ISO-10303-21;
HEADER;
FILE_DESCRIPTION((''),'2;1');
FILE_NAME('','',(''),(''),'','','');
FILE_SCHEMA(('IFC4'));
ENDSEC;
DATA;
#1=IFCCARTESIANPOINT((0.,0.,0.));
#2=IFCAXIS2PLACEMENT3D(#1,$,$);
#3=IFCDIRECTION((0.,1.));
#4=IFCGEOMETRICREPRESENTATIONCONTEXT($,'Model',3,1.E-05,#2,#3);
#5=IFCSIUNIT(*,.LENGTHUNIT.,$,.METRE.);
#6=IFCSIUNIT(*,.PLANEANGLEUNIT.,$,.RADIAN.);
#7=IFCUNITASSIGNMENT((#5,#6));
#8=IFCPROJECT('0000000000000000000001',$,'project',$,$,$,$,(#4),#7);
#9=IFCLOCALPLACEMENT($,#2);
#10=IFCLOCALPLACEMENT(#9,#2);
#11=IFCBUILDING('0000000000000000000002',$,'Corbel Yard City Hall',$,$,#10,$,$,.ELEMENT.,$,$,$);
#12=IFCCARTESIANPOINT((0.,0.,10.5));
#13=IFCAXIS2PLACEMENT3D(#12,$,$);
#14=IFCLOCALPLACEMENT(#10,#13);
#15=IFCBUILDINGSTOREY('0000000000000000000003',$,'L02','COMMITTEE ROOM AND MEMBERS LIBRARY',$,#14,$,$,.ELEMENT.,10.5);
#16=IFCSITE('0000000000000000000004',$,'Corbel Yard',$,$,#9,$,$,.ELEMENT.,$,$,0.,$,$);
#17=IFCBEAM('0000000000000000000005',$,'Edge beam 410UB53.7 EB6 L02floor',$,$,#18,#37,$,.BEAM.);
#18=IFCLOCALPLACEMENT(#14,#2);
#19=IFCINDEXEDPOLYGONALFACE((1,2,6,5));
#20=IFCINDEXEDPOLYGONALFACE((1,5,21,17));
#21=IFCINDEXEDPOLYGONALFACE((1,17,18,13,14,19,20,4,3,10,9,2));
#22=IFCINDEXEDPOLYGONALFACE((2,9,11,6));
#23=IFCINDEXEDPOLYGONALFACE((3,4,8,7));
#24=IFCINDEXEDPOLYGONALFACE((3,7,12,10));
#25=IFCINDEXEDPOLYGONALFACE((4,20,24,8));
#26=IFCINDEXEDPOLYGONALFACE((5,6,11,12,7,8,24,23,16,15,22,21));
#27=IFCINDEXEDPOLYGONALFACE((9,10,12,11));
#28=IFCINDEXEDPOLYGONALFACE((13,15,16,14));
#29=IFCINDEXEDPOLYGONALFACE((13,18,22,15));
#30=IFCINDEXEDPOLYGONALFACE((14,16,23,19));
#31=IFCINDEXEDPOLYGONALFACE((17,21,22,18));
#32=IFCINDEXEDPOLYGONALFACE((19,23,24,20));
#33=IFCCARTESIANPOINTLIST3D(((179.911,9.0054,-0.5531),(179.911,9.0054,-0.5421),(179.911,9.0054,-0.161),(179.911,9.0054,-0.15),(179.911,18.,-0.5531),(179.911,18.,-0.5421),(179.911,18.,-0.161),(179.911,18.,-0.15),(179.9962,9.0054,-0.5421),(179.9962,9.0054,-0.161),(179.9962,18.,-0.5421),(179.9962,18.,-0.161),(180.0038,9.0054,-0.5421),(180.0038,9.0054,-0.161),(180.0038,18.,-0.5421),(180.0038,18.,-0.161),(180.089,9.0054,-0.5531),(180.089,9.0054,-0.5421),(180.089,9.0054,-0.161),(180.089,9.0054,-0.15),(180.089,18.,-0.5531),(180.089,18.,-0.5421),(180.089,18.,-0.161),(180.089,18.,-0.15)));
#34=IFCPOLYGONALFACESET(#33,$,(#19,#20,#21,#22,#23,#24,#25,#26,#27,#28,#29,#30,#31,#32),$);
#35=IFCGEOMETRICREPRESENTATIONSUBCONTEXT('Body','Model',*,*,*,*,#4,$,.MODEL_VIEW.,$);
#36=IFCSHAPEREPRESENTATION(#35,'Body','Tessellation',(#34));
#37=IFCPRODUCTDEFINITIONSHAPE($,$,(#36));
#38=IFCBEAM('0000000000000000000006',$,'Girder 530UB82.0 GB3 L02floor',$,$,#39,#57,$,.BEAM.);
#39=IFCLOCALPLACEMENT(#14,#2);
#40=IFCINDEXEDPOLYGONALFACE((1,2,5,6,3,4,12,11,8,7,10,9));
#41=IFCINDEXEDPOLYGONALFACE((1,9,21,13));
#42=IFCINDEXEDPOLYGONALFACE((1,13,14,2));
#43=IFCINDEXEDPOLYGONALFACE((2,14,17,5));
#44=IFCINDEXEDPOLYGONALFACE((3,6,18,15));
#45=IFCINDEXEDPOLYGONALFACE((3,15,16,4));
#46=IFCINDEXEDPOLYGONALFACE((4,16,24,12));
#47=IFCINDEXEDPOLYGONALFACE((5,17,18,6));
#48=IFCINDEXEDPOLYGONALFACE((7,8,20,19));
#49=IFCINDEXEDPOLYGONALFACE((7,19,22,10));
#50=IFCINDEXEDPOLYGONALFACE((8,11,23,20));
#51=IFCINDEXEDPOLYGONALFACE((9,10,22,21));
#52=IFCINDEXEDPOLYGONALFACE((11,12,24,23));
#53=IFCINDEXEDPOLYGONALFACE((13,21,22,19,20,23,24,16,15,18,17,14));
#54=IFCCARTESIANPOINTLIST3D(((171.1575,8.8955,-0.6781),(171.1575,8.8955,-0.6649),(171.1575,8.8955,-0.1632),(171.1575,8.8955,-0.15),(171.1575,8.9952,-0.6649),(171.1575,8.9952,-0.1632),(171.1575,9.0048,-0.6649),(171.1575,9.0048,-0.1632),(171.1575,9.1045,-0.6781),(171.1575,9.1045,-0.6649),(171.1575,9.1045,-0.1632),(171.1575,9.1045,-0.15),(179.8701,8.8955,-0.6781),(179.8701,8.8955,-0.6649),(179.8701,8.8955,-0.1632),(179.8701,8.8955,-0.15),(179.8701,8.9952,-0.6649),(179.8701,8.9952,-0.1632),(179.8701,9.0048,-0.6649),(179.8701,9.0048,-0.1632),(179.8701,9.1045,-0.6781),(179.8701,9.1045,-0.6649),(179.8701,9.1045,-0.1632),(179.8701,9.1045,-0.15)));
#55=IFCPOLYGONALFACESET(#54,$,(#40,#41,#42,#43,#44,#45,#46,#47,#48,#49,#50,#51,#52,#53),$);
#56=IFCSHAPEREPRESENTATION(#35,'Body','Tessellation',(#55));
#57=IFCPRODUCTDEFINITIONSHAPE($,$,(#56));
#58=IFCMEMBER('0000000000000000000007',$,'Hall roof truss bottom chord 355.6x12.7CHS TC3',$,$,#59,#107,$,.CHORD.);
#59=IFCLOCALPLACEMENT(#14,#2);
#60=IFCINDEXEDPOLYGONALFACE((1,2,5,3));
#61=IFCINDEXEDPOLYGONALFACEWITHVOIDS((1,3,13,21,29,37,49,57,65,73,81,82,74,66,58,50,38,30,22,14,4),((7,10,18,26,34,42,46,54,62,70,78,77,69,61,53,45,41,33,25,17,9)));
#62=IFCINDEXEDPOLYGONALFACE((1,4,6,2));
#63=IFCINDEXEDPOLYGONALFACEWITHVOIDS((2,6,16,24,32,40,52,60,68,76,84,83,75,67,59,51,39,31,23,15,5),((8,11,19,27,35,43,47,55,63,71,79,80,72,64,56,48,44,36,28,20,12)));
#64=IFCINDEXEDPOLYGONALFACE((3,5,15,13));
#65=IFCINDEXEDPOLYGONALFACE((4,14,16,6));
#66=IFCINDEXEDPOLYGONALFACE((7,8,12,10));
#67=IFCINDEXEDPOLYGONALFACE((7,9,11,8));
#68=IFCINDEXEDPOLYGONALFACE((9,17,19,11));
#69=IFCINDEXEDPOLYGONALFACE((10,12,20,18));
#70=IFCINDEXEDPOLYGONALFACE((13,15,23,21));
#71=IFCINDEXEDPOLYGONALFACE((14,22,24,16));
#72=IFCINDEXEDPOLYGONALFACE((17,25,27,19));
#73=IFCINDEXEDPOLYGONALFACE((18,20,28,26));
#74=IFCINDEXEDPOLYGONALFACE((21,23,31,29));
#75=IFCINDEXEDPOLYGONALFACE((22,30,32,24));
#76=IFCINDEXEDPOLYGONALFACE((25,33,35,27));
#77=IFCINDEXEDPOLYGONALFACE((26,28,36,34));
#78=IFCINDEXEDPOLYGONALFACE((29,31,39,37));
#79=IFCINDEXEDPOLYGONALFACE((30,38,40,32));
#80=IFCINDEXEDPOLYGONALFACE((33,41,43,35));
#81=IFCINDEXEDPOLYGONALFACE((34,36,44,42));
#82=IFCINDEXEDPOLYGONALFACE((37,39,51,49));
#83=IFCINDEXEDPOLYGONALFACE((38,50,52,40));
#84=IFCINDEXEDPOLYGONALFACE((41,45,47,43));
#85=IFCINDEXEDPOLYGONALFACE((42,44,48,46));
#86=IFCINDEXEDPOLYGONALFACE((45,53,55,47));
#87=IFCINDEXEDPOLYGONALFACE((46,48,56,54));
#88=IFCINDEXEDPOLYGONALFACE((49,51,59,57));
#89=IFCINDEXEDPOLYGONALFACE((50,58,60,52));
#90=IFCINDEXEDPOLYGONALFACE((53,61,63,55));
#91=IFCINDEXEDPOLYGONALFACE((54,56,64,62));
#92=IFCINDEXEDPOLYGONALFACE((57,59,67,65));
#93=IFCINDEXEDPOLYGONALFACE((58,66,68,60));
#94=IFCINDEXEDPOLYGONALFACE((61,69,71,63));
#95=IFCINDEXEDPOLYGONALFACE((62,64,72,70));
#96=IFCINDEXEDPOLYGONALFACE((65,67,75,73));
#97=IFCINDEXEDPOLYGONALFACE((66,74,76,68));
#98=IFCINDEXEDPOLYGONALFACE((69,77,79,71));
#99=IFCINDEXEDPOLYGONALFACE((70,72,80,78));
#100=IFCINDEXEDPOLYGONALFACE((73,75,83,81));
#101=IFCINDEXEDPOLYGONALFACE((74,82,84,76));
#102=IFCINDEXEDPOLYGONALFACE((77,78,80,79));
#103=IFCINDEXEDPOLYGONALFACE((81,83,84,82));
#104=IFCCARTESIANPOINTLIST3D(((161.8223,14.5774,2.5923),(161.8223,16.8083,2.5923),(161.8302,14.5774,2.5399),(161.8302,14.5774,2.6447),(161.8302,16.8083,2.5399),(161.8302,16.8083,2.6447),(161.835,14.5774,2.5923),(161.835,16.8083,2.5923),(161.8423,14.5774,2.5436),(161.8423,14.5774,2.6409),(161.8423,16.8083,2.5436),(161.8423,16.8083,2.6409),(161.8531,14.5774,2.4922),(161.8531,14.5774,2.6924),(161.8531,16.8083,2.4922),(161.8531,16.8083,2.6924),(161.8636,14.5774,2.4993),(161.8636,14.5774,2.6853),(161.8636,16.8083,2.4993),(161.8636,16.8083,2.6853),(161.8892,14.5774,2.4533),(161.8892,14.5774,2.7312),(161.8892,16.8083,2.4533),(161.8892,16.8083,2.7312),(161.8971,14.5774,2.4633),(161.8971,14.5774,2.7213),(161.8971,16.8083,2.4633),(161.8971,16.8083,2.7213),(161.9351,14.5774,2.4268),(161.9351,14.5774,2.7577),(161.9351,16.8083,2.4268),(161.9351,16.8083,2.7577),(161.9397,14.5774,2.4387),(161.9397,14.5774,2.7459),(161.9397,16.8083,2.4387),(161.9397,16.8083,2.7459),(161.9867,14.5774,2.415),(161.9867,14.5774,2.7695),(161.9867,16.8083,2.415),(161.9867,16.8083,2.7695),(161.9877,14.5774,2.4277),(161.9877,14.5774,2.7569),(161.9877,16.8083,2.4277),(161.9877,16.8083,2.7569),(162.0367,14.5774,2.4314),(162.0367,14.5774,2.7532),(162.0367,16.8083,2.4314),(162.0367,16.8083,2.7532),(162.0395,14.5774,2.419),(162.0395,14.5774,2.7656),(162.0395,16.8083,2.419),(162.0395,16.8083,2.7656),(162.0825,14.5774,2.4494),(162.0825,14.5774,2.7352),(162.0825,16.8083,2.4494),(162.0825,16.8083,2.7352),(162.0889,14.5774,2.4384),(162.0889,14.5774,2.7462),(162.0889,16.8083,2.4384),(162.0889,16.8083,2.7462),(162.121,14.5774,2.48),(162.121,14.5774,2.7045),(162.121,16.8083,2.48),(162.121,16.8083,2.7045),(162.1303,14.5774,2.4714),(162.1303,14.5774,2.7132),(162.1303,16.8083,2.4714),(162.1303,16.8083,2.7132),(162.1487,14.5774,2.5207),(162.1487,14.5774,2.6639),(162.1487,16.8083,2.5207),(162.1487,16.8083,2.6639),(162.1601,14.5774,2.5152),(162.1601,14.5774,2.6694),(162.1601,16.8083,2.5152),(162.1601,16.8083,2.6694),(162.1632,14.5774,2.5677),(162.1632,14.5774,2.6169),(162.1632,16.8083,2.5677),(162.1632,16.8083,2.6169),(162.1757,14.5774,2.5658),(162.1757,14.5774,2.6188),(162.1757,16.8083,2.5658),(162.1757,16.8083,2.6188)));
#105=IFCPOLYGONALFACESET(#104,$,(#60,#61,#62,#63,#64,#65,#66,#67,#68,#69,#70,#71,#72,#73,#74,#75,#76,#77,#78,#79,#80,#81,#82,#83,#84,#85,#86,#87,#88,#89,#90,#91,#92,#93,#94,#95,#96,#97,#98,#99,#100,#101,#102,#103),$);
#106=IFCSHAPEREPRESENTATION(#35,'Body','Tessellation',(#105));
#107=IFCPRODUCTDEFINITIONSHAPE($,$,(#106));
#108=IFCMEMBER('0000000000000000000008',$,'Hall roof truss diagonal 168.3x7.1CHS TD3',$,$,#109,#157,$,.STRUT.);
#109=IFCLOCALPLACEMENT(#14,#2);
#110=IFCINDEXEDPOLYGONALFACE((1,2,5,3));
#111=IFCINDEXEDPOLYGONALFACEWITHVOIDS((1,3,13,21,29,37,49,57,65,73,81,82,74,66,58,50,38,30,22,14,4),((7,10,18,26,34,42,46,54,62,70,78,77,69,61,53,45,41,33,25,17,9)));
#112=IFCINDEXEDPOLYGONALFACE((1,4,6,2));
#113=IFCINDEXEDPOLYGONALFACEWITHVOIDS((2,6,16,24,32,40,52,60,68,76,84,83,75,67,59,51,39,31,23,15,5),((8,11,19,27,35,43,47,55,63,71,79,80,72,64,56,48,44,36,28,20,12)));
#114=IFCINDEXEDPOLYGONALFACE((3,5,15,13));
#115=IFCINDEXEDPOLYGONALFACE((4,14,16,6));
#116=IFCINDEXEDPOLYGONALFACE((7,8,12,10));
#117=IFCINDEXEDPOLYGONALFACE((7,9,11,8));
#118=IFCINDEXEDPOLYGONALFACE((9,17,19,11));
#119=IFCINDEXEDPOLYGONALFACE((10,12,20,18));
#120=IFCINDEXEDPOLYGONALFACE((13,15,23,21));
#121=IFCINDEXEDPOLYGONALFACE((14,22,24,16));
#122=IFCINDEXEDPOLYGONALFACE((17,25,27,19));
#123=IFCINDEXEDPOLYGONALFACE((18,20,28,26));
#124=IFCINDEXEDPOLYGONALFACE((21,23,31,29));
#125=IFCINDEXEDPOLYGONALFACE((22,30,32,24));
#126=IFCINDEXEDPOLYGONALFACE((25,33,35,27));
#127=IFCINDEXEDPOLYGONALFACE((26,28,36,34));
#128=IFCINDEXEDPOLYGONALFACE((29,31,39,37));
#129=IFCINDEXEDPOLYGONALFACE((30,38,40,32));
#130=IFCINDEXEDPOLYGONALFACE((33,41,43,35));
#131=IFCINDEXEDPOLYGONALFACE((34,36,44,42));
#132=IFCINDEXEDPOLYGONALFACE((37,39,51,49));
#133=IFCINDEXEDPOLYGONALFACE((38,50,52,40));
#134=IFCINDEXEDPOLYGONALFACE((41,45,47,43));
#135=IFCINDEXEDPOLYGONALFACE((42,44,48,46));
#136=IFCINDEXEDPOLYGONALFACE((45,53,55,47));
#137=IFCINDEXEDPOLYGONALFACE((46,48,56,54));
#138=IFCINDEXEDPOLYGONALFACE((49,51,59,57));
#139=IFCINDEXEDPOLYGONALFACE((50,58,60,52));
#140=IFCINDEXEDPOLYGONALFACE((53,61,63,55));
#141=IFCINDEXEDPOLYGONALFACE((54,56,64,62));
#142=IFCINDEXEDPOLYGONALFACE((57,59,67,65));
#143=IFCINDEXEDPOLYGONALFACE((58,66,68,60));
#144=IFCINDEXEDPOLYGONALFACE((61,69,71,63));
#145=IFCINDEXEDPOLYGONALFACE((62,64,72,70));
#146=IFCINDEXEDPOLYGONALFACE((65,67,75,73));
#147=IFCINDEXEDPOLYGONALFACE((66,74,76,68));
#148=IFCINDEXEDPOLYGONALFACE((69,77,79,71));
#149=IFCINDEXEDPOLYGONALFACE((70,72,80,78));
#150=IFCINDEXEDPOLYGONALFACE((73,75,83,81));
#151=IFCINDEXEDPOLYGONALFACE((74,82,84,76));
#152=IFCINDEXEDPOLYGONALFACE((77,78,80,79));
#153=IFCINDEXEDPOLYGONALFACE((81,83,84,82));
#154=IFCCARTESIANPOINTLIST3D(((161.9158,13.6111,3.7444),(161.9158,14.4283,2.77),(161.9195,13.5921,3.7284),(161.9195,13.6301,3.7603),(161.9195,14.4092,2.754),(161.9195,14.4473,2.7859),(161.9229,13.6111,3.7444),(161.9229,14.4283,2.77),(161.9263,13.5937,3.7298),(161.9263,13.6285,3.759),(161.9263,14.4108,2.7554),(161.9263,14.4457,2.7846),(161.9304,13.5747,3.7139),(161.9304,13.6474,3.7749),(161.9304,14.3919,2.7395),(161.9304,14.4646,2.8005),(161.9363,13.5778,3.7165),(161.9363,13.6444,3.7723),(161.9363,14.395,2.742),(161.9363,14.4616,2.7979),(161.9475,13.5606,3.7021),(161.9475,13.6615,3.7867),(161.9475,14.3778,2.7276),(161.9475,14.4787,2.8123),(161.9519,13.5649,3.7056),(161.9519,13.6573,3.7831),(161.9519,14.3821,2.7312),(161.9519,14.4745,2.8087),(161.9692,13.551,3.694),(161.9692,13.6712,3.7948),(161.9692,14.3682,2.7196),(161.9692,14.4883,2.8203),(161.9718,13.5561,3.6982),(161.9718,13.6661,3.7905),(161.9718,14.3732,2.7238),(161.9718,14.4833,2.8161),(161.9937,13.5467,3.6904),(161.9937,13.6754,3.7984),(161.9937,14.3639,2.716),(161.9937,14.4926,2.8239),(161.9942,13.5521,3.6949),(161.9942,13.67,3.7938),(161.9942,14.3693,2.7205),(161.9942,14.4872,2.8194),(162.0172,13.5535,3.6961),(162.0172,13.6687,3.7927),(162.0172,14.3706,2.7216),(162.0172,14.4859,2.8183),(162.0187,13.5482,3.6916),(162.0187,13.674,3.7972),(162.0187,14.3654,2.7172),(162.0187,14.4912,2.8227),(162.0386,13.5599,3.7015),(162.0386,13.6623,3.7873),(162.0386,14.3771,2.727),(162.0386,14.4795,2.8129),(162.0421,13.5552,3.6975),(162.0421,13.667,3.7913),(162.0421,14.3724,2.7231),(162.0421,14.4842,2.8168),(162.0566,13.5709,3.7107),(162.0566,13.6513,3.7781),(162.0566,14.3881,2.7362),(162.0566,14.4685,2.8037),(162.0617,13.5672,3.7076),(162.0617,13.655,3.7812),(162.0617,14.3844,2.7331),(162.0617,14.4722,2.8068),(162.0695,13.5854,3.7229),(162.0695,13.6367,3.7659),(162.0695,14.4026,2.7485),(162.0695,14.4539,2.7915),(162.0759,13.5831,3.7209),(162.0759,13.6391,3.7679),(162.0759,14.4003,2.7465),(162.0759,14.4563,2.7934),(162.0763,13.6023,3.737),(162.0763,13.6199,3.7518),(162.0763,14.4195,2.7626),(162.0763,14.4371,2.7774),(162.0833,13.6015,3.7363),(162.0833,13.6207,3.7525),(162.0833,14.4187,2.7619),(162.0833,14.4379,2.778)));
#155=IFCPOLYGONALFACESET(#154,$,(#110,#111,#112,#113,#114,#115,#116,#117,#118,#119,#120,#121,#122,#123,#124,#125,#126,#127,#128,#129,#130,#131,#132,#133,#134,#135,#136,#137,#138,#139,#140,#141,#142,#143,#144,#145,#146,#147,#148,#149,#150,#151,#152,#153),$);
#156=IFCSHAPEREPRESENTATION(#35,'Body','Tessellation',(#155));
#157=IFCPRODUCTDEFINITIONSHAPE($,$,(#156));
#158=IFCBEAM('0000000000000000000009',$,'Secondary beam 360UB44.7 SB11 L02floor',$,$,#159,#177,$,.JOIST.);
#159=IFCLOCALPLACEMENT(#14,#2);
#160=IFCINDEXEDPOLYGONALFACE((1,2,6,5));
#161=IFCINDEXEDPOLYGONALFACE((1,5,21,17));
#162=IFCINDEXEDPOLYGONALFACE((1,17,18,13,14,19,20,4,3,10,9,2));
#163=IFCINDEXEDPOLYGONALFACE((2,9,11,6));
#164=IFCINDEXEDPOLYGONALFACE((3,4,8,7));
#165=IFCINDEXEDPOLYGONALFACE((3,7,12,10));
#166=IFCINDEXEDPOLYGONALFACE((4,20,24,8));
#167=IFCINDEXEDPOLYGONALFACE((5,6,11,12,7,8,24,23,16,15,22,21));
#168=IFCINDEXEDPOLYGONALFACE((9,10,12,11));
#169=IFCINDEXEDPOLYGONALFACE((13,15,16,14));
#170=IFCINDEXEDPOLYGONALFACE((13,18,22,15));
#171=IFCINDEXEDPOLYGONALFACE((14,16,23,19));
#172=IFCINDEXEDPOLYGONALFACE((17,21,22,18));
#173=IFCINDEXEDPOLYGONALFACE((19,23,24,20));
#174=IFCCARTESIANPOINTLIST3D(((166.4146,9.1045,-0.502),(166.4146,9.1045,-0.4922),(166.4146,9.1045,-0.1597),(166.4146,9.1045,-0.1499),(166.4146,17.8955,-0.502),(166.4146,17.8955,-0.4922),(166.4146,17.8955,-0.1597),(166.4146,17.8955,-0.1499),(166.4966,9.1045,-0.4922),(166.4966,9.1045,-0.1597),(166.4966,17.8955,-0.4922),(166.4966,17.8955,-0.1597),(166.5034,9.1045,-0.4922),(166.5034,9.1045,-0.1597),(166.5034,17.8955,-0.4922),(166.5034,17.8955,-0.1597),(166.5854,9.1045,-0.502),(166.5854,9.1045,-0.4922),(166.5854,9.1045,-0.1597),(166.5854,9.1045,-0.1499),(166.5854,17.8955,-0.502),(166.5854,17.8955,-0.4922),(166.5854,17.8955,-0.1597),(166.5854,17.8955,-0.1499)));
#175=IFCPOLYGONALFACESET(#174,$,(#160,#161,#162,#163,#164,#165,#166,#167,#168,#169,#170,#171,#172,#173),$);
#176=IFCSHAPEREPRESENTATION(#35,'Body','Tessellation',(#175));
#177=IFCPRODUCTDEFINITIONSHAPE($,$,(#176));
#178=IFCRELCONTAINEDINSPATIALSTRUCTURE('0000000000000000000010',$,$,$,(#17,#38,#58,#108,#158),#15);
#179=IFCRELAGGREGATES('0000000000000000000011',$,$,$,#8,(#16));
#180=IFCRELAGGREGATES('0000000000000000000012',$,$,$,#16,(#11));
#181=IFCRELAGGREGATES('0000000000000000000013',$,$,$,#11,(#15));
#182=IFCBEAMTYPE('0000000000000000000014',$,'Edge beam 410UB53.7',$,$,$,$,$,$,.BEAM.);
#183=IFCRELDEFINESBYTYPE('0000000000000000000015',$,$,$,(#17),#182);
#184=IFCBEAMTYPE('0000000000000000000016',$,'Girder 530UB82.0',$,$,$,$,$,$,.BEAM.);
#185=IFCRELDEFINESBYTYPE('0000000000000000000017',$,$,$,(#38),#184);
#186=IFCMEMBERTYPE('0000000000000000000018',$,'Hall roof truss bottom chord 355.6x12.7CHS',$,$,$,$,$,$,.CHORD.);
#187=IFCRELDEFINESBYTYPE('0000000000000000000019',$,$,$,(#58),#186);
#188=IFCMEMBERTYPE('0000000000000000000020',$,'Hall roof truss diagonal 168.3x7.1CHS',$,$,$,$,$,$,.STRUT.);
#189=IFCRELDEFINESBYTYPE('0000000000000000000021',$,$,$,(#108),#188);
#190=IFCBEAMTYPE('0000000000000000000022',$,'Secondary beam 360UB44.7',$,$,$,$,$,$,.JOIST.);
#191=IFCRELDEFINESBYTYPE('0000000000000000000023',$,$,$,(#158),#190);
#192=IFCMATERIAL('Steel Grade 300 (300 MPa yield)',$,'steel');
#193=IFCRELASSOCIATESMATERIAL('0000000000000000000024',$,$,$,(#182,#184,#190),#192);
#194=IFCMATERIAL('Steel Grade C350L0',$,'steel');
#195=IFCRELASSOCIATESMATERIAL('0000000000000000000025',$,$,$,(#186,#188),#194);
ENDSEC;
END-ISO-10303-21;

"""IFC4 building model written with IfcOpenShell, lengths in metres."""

from ifc_helpers import new_model, si_unit, direction, frame, origin, origin_2d, place, context, subcontext, project, spatial, hollow_circle, i_section, extrude, material, material_profile, profile_set, type_object, element, save


model = new_model("IFC4")

# Units and contexts
model_context = context("Model", 3, precision=1e-05, world=origin(), true_north=direction((0.0, 1.0)))
body_context = subcontext(model_context, "Body", "Model", "MODEL_VIEW")
ifc_project = project(units=[si_unit("LENGTHUNIT", "METRE"), si_unit("PLANEANGLEUNIT", "RADIAN")], contexts=[model_context])

# Site, building, storey
site_placement = place(None, origin())
site = spatial("IfcSite", under=ifc_project, at=site_placement, Name="Corbel Yard", CompositionType="ELEMENT", RefElevation=0.0)
building_placement = place(site_placement, origin())
building = spatial("IfcBuilding", under=site, at=building_placement, Name="Corbel Yard City Hall", CompositionType="ELEMENT")
storey_placement = place(building_placement, frame((0.0, 0.0, 10.5)))
storey = spatial("IfcBuildingStorey", under=building, at=storey_placement, Name="L02", Description="COMMITTEE ROOM AND MEMBERS LIBRARY", CompositionType="ELEMENT", Elevation=10.5)

# Shared definitions
ifc_material_1 = material(Name="Steel Grade 300 (300 MPa yield)", Category="steel")

# Beams
ifc_material_profile_1 = material_profile(ifc_material_1, i_section(OverallWidth=0.178, OverallDepth=0.4031, WebThickness=0.0076, FlangeThickness=0.011, at=origin_2d()), Name="410UB53.7")
ifc_profile_set_1 = profile_set([ifc_material_profile_1], Name="Steel Grade 300 (300 MPa yield)")
beam_type_1 = type_object("IfcBeamType", Name="Edge beam 410UB53.7", PredefinedType="BEAM", material=ifc_profile_set_1)
beam_1_placement = place(storey_placement, frame((180.0, 9.0054, -0.3516), z_axis=(0.0, 1.0, 0.0), x_axis=(-1.0, 0.0, 0.0)))
element("IfcBeam", 1, at=beam_1_placement, inside=storey, type_object=beam_type_1, Name="Edge beam 410UB53.7 EB6 L02floor", PredefinedType="BEAM", context=body_context, shape_type="SweptSolid", body=[
    extrude(i_section(OverallWidth=0.178, OverallDepth=0.4031, WebThickness=0.0076, FlangeThickness=0.011, at=origin_2d()), origin(), (0.0, 0.0, 1.0), 8.9946),
])
ifc_material_profile_2 = material_profile(ifc_material_1, i_section(OverallWidth=0.209, OverallDepth=0.5281, WebThickness=0.0095, FlangeThickness=0.0132, at=origin_2d()), Name="530UB82.0")
ifc_profile_set_2 = profile_set([ifc_material_profile_2], Name="Steel Grade 300 (300 MPa yield)")
beam_type_2 = type_object("IfcBeamType", Name="Girder 530UB82.0", PredefinedType="BEAM", material=ifc_profile_set_2)
beam_2_placement = place(storey_placement, frame((171.1575, 9.0, -0.4141), z_axis=(1.0, 0.0, 0.0), x_axis=(0.0, 1.0, 0.0)))
element("IfcBeam", 2, at=beam_2_placement, inside=storey, type_object=beam_type_2, Name="Girder 530UB82.0 GB3 L02floor", PredefinedType="BEAM", context=body_context, shape_type="SweptSolid", body=[
    extrude(i_section(OverallWidth=0.209, OverallDepth=0.5281, WebThickness=0.0095, FlangeThickness=0.0132, at=origin_2d()), origin(), (0.0, 0.0, 1.0), 8.7126),
])

# Members
ifc_material_2 = material(Name="Steel Grade C350L0", Category="steel")
ifc_material_profile_3 = material_profile(ifc_material_2, hollow_circle(Radius=0.1777, WallThickness=0.0127, at=origin_2d()), Name="355.6x12.7CHS")
ifc_profile_set_3 = profile_set([ifc_material_profile_3], Name="Steel Grade C350L0")
member_type_1 = type_object("IfcMemberType", Name="Hall roof truss bottom chord 355.6x12.7CHS", PredefinedType="CHORD", material=ifc_profile_set_3)
member_1_placement = place(storey_placement, frame((162.0, 14.5774, 2.5923), z_axis=(0.0, 1.0, 0.0), x_axis=(-1.0, 0.0, 0.0)))
element("IfcMember", 3, at=member_1_placement, inside=storey, type_object=member_type_1, Name="Hall roof truss bottom chord 355.6x12.7CHS TC3", PredefinedType="CHORD", context=body_context, shape_type="SweptSolid", body=[
    extrude(hollow_circle(Radius=0.1777, WallThickness=0.0127, at=origin_2d()), origin(), (0.0, 0.0, 1.0), 2.231),
])
ifc_material_profile_4 = material_profile(ifc_material_2, hollow_circle(Radius=0.0842, WallThickness=0.0071, at=origin_2d()), Name="168.3x7.1CHS")
ifc_profile_set_4 = profile_set([ifc_material_profile_4], Name="Steel Grade C350L0")
member_type_2 = type_object("IfcMemberType", Name="Hall roof truss diagonal 168.3x7.1CHS", PredefinedType="STRUT", material=ifc_profile_set_4)
member_2_placement = place(storey_placement, frame((162.0, 13.6111, 3.7444), z_axis=(0.0, 0.64258, -0.766219), x_axis=(-1.0, 0.0, 0.0)))
element("IfcMember", 4, at=member_2_placement, inside=storey, type_object=member_type_2, Name="Hall roof truss diagonal 168.3x7.1CHS TD3", PredefinedType="STRUT", context=body_context, shape_type="SweptSolid", body=[
    extrude(hollow_circle(Radius=0.0842, WallThickness=0.0071, at=origin_2d()), origin(), (0.0, 0.0, 1.0), 1.2717),
])

# Beam
ifc_material_profile_5 = material_profile(ifc_material_1, i_section(OverallWidth=0.1709, OverallDepth=0.3521, WebThickness=0.0068, FlangeThickness=0.0098, at=origin_2d()), Name="360UB44.7")
ifc_profile_set_5 = profile_set([ifc_material_profile_5], Name="Steel Grade 300 (300 MPa yield)")
beam_type_3 = type_object("IfcBeamType", Name="Secondary beam 360UB44.7", PredefinedType="JOIST", material=ifc_profile_set_5)
beam_3_placement = place(storey_placement, frame((166.5, 9.1045, -0.3259), z_axis=(0.0, 1.0, 0.0), x_axis=(-1.0, 0.0, 0.0)))
element("IfcBeam", 5, at=beam_3_placement, inside=storey, type_object=beam_type_3, Name="Secondary beam 360UB44.7 SB11 L02floor", PredefinedType="JOIST", context=body_context, shape_type="SweptSolid", body=[
    extrude(i_section(OverallWidth=0.1709, OverallDepth=0.3521, WebThickness=0.0068, FlangeThickness=0.0098, at=origin_2d()), origin(), (0.0, 0.0, 1.0), 8.791),
])

save(model, "model.ifc")
